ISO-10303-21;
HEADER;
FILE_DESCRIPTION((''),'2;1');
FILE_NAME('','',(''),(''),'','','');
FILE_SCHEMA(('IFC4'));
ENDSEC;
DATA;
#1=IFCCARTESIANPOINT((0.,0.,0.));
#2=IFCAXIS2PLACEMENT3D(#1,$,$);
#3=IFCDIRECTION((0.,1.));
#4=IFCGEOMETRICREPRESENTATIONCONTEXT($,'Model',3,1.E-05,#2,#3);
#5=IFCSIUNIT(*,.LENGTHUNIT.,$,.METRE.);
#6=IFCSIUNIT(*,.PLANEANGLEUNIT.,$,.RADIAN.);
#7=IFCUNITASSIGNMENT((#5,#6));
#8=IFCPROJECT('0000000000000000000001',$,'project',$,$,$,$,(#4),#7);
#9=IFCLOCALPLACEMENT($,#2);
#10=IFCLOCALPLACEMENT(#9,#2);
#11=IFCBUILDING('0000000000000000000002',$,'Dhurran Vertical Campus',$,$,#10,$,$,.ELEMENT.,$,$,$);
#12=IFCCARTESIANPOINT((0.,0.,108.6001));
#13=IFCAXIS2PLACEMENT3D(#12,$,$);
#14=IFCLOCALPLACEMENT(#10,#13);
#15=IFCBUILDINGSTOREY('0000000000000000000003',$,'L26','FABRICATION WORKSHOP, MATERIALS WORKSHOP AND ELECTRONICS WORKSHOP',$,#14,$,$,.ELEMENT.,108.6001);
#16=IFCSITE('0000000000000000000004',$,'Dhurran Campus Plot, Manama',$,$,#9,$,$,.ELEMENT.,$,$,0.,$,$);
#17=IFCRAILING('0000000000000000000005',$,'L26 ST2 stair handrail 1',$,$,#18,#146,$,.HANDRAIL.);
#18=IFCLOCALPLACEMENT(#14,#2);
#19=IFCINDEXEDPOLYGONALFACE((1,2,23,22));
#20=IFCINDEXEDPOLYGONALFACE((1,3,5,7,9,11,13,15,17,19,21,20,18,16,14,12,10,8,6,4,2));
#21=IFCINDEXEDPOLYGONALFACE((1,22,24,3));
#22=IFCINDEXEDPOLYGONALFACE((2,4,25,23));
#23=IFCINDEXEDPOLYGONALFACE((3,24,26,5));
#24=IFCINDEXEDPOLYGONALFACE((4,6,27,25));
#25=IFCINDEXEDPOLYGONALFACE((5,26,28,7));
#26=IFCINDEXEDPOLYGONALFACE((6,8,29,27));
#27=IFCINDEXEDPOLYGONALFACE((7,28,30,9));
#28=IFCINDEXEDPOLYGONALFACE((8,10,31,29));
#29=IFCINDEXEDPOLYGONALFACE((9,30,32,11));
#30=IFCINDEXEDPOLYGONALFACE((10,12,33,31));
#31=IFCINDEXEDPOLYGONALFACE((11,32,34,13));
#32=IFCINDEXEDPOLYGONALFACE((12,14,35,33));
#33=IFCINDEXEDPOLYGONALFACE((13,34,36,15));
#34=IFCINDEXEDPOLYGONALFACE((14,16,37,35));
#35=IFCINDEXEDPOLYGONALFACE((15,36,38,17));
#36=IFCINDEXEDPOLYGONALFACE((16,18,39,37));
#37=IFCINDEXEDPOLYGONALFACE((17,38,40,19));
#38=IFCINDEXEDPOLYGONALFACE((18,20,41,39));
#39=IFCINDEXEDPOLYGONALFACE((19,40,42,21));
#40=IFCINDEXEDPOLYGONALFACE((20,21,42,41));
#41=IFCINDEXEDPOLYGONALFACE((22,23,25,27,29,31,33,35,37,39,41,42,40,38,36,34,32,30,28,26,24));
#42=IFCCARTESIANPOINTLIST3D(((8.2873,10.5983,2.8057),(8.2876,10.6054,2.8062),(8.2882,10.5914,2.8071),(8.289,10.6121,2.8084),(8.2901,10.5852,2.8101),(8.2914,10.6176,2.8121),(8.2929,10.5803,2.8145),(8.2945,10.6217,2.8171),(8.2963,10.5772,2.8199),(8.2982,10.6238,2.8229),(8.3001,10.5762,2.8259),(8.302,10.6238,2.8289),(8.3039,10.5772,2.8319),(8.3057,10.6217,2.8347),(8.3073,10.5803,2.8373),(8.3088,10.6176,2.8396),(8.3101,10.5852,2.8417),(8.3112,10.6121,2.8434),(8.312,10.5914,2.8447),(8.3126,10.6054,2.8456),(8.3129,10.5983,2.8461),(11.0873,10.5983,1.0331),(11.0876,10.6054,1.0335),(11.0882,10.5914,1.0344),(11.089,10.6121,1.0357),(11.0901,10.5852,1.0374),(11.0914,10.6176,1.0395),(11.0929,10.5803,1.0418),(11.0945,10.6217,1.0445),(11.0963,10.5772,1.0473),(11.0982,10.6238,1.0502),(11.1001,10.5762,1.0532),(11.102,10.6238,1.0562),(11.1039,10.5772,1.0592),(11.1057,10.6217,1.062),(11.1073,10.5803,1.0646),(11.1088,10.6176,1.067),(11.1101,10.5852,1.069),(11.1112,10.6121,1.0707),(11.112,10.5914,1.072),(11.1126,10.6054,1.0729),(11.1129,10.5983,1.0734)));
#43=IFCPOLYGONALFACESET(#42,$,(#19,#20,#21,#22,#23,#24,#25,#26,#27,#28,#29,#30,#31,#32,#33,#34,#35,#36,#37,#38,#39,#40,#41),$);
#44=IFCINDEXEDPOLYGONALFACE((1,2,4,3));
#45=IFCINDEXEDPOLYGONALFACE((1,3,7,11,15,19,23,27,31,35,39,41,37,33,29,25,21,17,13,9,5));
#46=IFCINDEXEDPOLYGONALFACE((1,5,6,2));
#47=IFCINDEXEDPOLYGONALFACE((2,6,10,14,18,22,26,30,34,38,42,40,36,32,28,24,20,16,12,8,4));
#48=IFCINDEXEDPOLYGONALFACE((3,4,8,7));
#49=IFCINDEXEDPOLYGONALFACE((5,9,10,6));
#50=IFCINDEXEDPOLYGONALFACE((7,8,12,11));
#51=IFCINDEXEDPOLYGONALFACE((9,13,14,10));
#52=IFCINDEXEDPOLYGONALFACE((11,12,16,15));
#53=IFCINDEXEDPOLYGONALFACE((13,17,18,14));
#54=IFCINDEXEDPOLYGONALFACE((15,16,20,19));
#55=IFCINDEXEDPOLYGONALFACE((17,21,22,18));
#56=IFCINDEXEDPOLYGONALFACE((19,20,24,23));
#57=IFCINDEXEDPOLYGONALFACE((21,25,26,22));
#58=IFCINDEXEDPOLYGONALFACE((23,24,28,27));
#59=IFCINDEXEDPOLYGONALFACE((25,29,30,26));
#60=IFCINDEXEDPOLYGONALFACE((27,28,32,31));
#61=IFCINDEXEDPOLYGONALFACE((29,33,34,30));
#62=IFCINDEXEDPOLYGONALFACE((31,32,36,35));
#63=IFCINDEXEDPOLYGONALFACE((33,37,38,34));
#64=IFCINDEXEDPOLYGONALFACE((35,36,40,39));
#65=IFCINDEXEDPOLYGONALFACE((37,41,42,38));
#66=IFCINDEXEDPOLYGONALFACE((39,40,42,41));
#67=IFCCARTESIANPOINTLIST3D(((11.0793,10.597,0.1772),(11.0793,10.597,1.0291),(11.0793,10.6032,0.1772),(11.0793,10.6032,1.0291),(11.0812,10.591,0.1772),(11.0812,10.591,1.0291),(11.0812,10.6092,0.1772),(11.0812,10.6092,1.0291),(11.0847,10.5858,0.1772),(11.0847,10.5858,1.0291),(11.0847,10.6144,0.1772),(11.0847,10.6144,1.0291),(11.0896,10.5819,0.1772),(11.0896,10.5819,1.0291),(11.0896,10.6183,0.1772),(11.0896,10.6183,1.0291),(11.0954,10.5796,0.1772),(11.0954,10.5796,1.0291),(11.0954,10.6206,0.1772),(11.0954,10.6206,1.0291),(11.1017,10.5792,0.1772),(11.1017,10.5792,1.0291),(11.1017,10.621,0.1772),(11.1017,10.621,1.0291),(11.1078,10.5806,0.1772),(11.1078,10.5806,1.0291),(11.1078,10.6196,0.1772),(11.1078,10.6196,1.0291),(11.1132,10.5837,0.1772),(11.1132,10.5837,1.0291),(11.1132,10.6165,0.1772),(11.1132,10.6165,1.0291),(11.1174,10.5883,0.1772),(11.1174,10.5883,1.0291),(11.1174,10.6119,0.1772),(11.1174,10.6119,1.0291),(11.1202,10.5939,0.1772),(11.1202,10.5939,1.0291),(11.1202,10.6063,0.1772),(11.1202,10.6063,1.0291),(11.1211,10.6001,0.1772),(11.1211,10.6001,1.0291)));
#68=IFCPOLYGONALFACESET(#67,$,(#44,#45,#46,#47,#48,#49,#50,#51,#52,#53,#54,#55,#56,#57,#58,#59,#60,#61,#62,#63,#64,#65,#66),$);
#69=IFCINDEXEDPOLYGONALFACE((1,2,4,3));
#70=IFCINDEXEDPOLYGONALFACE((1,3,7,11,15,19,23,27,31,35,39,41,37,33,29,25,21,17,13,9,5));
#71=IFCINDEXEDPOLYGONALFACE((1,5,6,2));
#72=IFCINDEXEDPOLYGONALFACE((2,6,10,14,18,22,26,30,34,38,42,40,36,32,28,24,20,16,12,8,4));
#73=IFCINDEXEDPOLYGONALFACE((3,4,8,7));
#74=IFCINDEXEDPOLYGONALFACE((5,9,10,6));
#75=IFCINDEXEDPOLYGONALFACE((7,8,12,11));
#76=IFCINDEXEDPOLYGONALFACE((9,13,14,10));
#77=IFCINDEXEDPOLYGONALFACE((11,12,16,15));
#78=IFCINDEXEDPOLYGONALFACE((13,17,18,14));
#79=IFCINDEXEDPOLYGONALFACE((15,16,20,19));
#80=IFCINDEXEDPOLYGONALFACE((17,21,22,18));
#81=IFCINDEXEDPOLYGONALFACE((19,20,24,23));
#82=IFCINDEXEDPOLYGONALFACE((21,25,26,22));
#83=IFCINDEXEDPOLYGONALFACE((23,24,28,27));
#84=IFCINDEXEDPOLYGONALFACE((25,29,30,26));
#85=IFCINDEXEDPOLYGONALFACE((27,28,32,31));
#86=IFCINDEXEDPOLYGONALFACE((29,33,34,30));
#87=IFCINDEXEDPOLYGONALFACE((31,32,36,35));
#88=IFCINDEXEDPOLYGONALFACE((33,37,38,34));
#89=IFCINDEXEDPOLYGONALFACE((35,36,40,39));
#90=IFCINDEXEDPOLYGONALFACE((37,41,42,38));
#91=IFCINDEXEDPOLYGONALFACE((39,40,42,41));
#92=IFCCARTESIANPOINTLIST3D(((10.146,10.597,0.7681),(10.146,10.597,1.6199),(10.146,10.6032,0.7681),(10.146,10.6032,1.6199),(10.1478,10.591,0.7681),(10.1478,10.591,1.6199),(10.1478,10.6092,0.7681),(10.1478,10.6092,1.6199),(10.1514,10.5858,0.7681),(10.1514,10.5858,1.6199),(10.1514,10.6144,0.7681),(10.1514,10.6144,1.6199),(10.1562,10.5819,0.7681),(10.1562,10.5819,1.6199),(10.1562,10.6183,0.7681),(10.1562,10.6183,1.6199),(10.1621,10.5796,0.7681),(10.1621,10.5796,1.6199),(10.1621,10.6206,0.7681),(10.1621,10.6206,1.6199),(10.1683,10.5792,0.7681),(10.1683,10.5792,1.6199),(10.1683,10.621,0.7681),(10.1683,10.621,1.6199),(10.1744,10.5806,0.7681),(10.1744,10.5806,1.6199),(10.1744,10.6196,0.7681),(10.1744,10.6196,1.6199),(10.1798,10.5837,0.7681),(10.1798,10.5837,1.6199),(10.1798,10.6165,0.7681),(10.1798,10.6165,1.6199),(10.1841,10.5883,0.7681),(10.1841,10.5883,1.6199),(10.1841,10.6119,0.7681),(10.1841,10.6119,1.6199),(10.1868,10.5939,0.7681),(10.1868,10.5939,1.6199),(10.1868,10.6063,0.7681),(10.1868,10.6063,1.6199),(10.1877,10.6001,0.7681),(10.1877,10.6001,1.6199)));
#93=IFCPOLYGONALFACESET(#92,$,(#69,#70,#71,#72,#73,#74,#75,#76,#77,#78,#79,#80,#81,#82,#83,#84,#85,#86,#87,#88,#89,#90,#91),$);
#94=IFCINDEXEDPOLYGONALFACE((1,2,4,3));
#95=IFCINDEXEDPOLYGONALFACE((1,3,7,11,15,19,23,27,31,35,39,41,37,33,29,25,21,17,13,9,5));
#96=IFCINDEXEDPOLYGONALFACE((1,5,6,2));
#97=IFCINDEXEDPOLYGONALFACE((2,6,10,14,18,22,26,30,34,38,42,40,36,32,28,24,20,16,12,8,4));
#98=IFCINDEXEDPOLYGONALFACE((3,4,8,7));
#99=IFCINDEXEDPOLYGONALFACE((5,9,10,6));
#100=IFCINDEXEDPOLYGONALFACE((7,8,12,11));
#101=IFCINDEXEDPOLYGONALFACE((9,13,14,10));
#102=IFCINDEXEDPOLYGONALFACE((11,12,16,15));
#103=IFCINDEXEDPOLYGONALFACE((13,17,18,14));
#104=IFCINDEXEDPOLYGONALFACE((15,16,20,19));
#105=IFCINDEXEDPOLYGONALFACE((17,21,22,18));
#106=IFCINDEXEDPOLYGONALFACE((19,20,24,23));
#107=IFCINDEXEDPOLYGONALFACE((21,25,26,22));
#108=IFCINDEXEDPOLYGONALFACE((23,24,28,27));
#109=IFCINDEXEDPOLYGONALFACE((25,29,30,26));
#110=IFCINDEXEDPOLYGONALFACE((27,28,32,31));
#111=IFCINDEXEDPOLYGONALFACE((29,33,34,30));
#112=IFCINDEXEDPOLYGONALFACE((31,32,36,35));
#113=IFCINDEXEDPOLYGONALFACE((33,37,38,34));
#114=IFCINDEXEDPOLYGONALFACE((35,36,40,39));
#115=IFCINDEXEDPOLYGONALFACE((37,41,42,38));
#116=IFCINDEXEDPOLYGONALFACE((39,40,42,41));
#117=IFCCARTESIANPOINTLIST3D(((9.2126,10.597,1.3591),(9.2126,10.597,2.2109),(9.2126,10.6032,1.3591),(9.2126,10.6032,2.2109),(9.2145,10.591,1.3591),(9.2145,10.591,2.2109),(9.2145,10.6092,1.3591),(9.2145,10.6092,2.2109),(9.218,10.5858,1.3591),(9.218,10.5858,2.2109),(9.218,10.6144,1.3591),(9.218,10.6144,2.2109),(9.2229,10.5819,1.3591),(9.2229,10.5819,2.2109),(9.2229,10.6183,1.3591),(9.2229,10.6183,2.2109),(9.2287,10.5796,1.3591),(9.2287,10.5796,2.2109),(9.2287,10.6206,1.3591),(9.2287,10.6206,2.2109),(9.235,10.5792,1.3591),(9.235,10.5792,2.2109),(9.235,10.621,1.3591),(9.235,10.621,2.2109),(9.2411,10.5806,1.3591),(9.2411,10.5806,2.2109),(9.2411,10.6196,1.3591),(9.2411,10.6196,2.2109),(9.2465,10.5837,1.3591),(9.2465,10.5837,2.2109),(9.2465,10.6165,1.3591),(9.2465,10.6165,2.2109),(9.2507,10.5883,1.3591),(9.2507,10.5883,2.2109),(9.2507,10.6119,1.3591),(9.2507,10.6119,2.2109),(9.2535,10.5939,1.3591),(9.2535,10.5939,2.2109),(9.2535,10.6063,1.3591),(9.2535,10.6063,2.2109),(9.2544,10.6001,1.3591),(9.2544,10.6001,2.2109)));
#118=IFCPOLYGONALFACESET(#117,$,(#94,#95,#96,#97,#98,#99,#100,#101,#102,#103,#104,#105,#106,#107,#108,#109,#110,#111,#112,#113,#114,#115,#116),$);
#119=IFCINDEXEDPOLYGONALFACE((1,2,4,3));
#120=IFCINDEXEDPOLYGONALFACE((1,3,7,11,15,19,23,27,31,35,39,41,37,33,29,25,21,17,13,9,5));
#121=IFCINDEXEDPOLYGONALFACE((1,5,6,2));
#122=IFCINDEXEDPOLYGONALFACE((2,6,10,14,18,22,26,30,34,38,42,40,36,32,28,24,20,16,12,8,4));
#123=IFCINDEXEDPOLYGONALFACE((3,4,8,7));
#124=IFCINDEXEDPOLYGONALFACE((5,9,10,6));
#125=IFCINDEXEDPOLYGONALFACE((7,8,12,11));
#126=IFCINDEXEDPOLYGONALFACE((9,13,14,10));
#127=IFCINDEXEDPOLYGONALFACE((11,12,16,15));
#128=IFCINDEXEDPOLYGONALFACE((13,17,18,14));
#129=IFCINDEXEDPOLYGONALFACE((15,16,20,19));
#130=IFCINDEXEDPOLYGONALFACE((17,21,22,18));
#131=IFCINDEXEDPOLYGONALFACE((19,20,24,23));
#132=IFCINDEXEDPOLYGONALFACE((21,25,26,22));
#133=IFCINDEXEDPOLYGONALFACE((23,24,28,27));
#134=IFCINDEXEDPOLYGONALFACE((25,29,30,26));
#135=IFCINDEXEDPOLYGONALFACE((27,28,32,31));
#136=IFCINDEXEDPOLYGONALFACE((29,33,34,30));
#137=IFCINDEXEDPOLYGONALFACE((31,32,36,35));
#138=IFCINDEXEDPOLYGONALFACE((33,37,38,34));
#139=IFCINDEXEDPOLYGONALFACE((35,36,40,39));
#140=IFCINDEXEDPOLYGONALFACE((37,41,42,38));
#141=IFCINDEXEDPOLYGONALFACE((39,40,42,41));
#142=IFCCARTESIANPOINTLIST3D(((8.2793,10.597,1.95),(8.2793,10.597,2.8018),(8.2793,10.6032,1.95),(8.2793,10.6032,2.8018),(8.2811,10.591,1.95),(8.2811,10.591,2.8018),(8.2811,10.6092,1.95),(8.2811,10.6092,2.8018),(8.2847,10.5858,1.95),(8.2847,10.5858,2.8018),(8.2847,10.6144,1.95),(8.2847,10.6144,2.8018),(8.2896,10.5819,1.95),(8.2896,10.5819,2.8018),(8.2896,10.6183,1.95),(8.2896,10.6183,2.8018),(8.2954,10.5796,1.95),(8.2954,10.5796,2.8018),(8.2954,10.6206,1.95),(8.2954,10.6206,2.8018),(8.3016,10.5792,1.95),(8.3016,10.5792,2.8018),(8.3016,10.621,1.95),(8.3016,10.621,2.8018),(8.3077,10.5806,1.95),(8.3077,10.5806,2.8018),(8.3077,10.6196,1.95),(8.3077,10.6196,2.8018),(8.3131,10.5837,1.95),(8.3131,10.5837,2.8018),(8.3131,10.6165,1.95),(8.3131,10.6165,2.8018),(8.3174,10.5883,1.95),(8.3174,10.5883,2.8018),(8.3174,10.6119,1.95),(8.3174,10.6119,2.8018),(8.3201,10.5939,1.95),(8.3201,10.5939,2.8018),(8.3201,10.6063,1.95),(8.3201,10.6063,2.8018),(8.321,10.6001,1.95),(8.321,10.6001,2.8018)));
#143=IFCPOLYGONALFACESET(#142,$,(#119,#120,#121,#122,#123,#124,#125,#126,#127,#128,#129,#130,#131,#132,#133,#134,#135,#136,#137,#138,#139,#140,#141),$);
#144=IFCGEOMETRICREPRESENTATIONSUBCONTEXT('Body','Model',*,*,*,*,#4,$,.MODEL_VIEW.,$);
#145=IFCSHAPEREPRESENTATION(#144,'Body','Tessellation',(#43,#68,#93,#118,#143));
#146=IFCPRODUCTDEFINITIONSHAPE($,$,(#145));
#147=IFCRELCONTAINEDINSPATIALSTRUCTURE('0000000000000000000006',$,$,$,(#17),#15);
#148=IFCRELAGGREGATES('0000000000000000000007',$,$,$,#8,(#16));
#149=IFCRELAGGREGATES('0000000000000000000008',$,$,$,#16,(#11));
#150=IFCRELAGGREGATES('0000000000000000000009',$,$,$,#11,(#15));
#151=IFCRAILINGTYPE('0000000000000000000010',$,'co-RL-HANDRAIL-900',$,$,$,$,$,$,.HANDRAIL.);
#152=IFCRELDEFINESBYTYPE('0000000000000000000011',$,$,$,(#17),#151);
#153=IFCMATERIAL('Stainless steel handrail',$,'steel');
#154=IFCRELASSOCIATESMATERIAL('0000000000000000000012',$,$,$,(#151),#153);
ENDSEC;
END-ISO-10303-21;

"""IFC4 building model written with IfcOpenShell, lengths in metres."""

from ifc_helpers import new_model, si_unit, direction, frame, origin, origin_2d, place, context, subcontext, project, spatial, circle, extrude, material, type_object, element, save


model = new_model("IFC4")

# Units and contexts
model_context = context("Model", 3, precision=1e-05, world=origin(), true_north=direction((0.0, 1.0)))
body_context = subcontext(model_context, "Body", "Model", "MODEL_VIEW")
ifc_project = project(units=[si_unit("LENGTHUNIT", "METRE"), si_unit("PLANEANGLEUNIT", "RADIAN")], contexts=[model_context])

# Site, building, storey
site_placement = place(None, origin())
site = spatial("IfcSite", under=ifc_project, at=site_placement, Name="Dhurran Campus Plot, Manama", CompositionType="ELEMENT", RefElevation=0.0)
building_placement = place(site_placement, origin())
building = spatial("IfcBuilding", under=site, at=building_placement, Name="Dhurran Vertical Campus", CompositionType="ELEMENT")
storey_placement = place(building_placement, frame((0.0, 0.0, 108.6001)))
storey = spatial("IfcBuildingStorey", under=building, at=storey_placement, Name="L26", Description="FABRICATION WORKSHOP, MATERIALS WORKSHOP AND ELECTRONICS WORKSHOP", CompositionType="ELEMENT", Elevation=108.6001)

# Railing
ifc_material_1 = material(Name="Stainless steel handrail", Category="steel")
railing_type_1 = type_object("IfcRailingType", Name="co-RL-HANDRAIL-900", PredefinedType="HANDRAIL", material=ifc_material_1)
railing_1_placement = place(storey_placement, frame((11.1001, 10.6001, 0.1772)))
element("IfcRailing", 1, at=railing_1_placement, inside=storey, type_object=railing_type_1, Name="L26 ST2 stair handrail 1", PredefinedType="HANDRAIL", context=body_context, shape_type="SweptSolid", body=[
    extrude(circle(Radius=0.0239, at=origin_2d()), frame((0.0, 0.0, 0.876), z_axis=(-0.844909, 0.0, 0.53491), x_axis=(0.0, -1.0, 0.0)), (0.0, 0.0, 1.0), 3.314),
    extrude(circle(Radius=0.021, at=origin_2d()), origin(), (0.0, 0.0, 1.0), 0.8518),
    extrude(circle(Radius=0.021, at=origin_2d()), frame((-0.9333, 0.0, 0.5908)), (0.0, 0.0, 1.0), 0.8518),
    extrude(circle(Radius=0.021, at=origin_2d()), frame((-1.8667, 0.0, 1.1819)), (0.0, 0.0, 1.0), 0.8518),
    extrude(circle(Radius=0.021, at=origin_2d()), frame((-2.8, 0.0, 1.7727)), (0.0, 0.0, 1.0), 0.8518),
])

save(model, "model.ifc")
